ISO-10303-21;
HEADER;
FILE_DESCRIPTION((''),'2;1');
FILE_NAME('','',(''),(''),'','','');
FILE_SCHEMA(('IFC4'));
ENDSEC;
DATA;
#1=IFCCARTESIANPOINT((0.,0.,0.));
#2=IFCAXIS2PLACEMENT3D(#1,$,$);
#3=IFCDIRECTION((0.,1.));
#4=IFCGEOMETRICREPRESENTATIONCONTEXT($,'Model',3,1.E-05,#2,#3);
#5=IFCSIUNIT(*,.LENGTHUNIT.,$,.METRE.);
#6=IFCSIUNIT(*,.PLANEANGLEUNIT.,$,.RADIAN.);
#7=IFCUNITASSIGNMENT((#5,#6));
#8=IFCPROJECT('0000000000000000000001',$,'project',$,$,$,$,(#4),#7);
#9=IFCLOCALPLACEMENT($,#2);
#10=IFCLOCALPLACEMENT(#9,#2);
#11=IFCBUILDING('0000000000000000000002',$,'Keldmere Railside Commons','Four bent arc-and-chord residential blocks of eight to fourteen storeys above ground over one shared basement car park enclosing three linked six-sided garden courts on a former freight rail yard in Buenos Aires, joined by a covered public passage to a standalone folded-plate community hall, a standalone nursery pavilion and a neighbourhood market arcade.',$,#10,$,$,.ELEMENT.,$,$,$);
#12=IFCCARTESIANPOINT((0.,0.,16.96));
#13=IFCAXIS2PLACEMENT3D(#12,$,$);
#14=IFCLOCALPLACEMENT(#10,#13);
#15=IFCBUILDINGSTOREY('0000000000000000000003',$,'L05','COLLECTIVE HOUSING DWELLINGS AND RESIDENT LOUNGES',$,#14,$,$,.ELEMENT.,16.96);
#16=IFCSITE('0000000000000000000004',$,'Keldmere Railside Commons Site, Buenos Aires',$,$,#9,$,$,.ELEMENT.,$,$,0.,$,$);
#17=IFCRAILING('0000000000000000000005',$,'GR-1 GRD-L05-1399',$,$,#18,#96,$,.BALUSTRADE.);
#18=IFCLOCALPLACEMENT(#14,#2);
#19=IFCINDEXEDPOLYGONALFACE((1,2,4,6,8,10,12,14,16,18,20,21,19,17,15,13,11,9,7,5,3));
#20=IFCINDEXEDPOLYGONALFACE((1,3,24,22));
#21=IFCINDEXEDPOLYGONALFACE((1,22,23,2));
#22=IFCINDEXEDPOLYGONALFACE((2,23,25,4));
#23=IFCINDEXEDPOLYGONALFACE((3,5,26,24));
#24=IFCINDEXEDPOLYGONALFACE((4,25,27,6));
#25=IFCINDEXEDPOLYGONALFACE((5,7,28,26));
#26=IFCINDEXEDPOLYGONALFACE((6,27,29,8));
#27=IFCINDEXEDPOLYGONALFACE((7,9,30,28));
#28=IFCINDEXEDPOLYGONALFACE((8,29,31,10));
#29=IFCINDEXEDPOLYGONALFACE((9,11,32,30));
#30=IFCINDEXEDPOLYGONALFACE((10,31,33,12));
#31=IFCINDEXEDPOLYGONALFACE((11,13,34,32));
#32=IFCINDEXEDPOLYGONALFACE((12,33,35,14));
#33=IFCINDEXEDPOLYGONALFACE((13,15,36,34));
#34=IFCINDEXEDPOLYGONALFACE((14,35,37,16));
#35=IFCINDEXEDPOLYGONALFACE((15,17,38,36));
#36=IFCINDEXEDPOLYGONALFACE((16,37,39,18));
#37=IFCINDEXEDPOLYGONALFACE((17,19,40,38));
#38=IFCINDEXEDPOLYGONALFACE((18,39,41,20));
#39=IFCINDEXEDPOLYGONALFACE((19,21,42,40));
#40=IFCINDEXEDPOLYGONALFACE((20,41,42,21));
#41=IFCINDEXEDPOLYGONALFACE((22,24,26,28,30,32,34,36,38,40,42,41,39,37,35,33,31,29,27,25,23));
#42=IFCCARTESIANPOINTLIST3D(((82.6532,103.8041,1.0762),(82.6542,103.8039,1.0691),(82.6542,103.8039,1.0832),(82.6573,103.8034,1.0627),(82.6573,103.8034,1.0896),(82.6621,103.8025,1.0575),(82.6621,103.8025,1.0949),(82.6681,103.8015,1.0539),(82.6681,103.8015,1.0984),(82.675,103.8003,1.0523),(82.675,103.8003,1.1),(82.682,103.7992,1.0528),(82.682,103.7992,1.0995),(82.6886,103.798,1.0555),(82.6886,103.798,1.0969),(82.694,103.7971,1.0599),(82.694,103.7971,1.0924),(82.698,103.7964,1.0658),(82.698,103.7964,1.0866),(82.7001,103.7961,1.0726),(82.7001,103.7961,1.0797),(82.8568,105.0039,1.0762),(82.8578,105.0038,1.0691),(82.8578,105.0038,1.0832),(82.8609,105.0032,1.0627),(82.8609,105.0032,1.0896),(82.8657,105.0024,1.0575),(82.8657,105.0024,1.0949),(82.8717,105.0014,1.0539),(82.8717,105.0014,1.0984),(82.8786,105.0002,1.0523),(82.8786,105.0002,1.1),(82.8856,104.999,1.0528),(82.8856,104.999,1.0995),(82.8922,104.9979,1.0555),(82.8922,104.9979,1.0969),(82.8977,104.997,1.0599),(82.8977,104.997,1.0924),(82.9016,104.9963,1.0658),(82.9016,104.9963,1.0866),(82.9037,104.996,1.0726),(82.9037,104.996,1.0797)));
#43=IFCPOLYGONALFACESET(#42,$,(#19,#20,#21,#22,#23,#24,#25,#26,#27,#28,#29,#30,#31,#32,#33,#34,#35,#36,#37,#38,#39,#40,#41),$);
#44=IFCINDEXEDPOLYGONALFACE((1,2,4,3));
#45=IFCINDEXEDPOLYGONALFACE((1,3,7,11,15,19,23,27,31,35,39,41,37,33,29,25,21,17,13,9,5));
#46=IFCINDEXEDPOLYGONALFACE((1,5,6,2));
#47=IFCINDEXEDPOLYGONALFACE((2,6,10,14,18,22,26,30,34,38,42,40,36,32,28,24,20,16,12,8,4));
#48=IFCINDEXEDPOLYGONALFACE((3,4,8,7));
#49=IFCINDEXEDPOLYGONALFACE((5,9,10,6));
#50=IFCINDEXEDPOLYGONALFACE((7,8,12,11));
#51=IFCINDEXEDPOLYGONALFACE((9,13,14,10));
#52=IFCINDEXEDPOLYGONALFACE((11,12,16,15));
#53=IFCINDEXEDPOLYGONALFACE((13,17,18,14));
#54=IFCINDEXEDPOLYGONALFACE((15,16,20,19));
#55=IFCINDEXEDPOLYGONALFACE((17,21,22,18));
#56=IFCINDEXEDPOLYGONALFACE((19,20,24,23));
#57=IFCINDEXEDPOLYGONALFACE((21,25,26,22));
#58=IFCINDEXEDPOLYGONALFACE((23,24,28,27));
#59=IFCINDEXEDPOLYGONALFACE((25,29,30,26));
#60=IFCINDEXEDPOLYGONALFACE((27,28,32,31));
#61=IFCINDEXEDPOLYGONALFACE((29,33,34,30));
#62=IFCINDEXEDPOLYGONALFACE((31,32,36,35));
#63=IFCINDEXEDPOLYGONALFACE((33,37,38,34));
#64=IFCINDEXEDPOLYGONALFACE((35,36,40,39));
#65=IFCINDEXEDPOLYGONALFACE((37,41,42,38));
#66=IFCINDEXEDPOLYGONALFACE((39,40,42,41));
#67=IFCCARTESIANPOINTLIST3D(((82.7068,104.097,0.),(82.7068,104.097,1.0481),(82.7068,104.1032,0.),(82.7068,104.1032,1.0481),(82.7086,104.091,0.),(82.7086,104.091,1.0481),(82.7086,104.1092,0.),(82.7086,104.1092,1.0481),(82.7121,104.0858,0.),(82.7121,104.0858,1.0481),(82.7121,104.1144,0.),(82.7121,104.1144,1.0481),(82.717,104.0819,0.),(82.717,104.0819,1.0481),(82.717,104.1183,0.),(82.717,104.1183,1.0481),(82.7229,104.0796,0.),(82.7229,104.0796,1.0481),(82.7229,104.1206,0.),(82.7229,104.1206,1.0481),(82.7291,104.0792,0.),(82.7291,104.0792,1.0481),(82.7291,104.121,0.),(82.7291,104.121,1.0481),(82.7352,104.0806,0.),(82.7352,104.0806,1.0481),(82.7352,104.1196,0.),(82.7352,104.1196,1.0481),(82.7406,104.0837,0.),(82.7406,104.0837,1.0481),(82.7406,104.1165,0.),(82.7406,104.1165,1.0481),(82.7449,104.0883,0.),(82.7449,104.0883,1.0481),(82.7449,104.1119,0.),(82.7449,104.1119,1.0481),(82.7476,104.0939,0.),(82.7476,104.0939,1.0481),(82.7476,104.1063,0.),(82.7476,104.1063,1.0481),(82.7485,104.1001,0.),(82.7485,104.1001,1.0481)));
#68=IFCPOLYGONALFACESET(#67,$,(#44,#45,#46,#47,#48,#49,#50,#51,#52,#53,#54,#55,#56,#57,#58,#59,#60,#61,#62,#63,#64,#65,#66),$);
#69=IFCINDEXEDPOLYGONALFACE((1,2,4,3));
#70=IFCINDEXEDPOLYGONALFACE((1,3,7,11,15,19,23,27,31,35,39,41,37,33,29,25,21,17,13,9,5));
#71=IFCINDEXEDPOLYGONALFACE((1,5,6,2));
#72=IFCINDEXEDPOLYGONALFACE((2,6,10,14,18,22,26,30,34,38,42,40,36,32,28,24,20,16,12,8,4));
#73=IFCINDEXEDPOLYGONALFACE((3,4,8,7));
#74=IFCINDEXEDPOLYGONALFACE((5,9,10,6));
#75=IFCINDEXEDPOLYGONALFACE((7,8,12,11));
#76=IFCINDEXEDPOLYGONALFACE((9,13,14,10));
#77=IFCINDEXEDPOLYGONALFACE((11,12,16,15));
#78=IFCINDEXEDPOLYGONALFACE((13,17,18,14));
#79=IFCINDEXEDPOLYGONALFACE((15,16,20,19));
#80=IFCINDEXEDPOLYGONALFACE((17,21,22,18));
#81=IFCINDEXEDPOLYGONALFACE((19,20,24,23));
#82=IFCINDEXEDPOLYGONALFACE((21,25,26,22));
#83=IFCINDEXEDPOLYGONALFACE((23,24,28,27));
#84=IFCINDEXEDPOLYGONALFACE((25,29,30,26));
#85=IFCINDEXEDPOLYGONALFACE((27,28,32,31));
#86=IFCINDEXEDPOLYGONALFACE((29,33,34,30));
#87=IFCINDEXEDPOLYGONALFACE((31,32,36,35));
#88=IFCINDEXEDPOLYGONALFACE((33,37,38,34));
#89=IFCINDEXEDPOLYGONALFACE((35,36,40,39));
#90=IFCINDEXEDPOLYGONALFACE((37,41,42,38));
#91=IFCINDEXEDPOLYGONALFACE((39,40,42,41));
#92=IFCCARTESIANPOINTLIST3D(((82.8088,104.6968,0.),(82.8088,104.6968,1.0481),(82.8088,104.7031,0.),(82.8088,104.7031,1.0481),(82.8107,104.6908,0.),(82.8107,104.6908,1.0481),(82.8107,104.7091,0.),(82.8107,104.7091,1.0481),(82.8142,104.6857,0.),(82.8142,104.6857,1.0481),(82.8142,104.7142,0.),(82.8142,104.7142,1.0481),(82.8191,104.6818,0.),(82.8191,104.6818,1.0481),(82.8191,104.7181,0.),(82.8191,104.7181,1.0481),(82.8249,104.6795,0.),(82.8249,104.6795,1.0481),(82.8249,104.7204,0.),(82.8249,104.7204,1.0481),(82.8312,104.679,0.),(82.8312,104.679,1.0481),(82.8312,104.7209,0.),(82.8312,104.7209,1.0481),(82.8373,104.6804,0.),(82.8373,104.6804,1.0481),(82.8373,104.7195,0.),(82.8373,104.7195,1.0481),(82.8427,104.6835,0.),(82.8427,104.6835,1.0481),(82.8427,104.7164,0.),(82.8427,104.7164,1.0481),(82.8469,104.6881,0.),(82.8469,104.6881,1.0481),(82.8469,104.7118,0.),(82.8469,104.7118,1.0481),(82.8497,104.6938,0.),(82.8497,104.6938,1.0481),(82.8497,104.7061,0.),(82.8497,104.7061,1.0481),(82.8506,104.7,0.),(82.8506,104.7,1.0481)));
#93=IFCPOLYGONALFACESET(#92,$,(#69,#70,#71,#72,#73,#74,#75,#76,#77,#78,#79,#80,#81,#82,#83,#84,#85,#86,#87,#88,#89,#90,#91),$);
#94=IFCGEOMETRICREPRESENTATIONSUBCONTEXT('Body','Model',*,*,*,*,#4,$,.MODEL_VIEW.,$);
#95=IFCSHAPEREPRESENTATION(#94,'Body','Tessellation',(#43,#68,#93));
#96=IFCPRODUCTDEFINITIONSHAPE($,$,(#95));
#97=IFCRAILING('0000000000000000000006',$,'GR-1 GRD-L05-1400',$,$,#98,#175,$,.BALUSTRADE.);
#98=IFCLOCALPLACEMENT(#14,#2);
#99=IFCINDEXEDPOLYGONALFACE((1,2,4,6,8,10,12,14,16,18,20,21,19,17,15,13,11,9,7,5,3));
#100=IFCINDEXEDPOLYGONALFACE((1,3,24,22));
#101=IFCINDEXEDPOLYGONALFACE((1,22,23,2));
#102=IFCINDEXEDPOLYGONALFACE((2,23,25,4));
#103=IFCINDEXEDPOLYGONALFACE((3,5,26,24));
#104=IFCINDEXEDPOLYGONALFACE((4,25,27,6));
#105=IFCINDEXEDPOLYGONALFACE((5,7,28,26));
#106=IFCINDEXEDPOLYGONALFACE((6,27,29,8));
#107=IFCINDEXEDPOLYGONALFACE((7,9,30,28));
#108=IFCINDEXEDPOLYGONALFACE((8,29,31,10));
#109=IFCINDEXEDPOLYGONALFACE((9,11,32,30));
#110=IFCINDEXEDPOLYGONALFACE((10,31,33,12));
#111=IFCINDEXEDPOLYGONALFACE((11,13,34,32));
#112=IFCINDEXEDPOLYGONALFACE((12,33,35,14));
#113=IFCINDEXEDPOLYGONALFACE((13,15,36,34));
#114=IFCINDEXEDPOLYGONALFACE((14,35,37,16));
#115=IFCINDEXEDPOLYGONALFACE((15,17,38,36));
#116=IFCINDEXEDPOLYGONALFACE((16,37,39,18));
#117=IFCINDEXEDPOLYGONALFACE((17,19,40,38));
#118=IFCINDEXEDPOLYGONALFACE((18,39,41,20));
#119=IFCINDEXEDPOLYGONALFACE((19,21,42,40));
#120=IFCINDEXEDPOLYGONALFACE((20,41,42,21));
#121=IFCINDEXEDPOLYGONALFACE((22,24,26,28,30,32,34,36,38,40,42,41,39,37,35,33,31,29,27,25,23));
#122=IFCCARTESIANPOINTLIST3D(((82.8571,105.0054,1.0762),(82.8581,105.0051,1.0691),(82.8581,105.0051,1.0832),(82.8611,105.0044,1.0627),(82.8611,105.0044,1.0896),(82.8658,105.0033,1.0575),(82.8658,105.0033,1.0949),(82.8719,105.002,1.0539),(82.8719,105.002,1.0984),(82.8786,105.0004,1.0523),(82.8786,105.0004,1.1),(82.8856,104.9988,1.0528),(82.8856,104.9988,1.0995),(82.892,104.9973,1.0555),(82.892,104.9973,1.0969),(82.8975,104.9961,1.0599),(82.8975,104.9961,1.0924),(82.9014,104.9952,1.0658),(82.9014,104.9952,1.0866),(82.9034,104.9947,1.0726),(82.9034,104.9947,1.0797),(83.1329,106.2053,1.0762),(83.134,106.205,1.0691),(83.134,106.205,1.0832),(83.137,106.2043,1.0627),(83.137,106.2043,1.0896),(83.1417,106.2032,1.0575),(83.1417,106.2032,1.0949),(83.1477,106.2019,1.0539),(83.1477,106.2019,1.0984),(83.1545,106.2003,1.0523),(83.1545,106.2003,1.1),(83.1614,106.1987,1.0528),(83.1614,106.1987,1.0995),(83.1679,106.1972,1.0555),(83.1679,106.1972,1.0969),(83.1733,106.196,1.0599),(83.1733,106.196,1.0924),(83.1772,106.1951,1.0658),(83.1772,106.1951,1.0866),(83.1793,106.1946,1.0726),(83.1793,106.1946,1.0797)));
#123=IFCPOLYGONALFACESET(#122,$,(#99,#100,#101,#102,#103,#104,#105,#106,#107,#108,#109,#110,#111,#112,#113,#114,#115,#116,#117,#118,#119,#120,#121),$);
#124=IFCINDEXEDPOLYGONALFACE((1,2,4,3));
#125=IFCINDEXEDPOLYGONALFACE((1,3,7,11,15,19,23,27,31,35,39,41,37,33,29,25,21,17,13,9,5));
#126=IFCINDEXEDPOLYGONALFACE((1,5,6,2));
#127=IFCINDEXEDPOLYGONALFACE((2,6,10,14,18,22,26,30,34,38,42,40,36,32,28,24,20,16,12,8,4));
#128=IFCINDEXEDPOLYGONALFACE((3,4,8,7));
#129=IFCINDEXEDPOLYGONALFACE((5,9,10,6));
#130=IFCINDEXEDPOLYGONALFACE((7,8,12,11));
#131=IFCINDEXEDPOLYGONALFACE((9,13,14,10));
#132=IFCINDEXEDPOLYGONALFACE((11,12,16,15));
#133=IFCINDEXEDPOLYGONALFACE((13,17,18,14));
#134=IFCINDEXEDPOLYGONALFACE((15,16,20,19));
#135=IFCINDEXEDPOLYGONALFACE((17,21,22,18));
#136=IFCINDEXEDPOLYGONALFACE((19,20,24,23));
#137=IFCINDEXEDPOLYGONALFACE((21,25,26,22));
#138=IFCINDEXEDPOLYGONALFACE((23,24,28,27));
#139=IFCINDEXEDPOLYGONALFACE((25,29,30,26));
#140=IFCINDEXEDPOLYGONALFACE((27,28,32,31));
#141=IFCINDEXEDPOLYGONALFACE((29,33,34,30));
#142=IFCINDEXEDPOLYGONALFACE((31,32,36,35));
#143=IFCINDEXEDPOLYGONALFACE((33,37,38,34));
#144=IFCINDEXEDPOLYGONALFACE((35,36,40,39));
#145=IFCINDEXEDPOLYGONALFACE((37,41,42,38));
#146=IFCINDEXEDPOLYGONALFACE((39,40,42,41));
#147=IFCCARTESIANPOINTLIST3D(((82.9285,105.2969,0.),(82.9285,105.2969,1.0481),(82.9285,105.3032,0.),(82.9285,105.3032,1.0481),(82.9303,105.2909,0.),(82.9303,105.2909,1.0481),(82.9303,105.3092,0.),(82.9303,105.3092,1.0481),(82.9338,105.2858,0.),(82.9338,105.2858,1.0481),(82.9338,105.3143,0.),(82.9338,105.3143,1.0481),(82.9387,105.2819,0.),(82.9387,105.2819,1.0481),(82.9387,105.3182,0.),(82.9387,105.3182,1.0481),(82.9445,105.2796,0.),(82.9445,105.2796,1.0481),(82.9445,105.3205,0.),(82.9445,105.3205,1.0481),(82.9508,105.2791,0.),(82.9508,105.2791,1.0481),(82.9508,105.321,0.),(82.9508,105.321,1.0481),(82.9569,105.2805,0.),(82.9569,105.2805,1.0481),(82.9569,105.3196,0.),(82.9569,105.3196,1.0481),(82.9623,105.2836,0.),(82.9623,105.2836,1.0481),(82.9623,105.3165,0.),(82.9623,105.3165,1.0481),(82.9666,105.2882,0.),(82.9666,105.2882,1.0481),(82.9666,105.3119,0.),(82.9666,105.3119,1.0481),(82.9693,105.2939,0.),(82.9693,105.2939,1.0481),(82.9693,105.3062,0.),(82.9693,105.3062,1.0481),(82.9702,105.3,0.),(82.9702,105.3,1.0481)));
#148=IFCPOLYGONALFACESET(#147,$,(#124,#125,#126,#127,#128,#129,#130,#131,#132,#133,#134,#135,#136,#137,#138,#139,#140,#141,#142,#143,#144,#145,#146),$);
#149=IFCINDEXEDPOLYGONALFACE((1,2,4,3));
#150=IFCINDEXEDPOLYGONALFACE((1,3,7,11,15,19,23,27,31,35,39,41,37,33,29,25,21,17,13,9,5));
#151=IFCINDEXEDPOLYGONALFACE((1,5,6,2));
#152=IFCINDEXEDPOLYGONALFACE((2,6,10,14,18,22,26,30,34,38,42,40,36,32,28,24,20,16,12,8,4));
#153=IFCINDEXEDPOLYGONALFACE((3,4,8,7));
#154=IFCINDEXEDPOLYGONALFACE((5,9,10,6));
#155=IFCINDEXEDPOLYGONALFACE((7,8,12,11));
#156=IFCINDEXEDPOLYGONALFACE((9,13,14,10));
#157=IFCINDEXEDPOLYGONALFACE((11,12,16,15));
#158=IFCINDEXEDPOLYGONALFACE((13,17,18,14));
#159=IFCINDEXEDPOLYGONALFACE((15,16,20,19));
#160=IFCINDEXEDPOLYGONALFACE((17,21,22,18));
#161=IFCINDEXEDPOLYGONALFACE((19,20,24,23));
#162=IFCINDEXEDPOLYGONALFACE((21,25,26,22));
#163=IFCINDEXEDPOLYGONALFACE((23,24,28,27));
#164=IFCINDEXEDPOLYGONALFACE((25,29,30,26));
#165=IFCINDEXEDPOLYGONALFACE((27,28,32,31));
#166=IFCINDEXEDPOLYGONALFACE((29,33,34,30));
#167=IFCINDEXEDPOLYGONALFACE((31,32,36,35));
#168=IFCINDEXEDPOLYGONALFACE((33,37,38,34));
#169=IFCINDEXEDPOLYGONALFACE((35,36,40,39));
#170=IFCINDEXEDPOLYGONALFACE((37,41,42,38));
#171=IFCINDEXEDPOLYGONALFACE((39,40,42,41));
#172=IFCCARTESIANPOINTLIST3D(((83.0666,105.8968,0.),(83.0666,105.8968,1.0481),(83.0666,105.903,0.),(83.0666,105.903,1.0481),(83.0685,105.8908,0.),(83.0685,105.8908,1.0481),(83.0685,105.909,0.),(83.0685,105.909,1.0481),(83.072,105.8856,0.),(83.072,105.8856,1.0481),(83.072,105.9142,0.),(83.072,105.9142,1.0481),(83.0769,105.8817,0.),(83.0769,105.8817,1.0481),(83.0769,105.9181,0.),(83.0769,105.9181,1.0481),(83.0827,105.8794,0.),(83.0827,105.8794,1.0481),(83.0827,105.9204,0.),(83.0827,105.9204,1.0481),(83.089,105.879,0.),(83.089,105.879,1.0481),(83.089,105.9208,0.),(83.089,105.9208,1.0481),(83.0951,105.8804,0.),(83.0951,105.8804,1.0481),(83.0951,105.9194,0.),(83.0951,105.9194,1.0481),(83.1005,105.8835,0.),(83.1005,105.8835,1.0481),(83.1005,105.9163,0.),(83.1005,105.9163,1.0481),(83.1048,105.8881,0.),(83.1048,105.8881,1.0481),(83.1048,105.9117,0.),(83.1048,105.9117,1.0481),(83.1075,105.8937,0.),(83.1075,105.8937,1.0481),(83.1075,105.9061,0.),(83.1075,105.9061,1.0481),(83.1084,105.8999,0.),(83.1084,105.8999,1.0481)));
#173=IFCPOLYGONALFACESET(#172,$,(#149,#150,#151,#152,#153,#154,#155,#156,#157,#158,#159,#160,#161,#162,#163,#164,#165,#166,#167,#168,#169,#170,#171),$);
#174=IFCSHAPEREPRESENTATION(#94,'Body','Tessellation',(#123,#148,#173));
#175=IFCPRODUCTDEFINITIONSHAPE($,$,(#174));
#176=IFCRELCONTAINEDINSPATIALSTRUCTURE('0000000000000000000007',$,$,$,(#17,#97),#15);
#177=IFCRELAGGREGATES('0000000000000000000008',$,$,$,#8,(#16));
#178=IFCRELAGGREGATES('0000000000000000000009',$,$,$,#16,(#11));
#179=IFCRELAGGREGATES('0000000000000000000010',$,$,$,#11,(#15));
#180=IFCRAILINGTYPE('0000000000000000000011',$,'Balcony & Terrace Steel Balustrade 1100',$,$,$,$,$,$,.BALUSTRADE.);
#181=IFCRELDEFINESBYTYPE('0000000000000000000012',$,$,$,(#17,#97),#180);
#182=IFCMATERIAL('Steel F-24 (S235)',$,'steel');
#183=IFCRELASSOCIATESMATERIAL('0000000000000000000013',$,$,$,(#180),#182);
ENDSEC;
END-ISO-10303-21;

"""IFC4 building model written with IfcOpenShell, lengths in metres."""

from ifc_helpers import new_model, si_unit, direction, frame, origin, origin_2d, place, context, subcontext, project, spatial, circle, extrude, material, type_object, element, save


model = new_model("IFC4")

# Units and contexts
model_context = context("Model", 3, precision=1e-05, world=origin(), true_north=direction((0.0, 1.0)))
body_context = subcontext(model_context, "Body", "Model", "MODEL_VIEW")
ifc_project = project(units=[si_unit("LENGTHUNIT", "METRE"), si_unit("PLANEANGLEUNIT", "RADIAN")], contexts=[model_context])

# Site, building, storey
site_placement = place(None, origin())
site = spatial("IfcSite", under=ifc_project, at=site_placement, Name="Keldmere Railside Commons Site, Buenos Aires", CompositionType="ELEMENT", RefElevation=0.0)
building_placement = place(site_placement, origin())
building = spatial("IfcBuilding", under=site, at=building_placement, Name="Keldmere Railside Commons", Description="Four bent arc-and-chord residential blocks of eight to fourteen storeys above ground over one shared basement car park enclosing three linked six-sided garden courts on a former freight rail yard in Buenos Aires, joined by a covered public passage to a standalone folded-plate community hall, a standalone nursery pavilion and a neighbourhood market arcade.", CompositionType="ELEMENT")
storey_placement = place(building_placement, frame((0.0, 0.0, 16.96)))
storey = spatial("IfcBuildingStorey", under=building, at=storey_placement, Name="L05", Description="COLLECTIVE HOUSING DWELLINGS AND RESIDENT LOUNGES", CompositionType="ELEMENT", Elevation=16.96)

# Shared definitions
ifc_material_1 = material(Name="Steel F-24 (S235)", Category="steel")

# Railings
railing_type_1 = type_object("IfcRailingType", Name="Balcony & Terrace Steel Balustrade 1100", PredefinedType="BALUSTRADE", material=ifc_material_1)
railing_1_placement = place(storey_placement, frame((82.6768, 103.8, 0.0)))
element("IfcRailing", 1, at=railing_1_placement, inside=storey, type_object=railing_type_1, Name="GR-1 GRD-L05-1399", PredefinedType="BALUSTRADE", context=body_context, shape_type="SweptSolid", body=[
    extrude(circle(Radius=0.0239, at=origin_2d()), frame((0.0, 0.0, 1.0762), z_axis=(0.167293, 0.985907, 0.0), x_axis=(-0.985907, 0.167293, 0.0)), (0.0, 0.0, 1.0), 1.217),
    extrude(circle(Radius=0.021, at=origin_2d()), frame((0.0508, 0.3, 0.0)), (0.0, 0.0, 1.0), 1.0481),
    extrude(circle(Radius=0.021, at=origin_2d()), frame((0.1528, 0.8999, 0.0)), (0.0, 0.0, 1.0), 1.0481),
])
railing_2_placement = place(storey_placement, frame((82.8804, 105.0, 0.0)))
element("IfcRailing", 2, at=railing_2_placement, inside=storey, type_object=railing_type_1, Name="GR-1 GRD-L05-1400", PredefinedType="BALUSTRADE", context=body_context, shape_type="SweptSolid", body=[
    extrude(circle(Radius=0.0239, at=origin_2d()), frame((0.0, 0.0, 1.0762), z_axis=(0.224063, 0.974575, 0.0), x_axis=(-0.974575, 0.224063, 0.0)), (0.0, 0.0, 1.0), 1.2312),
    extrude(circle(Radius=0.021, at=origin_2d()), frame((0.0688, 0.3, 0.0)), (0.0, 0.0, 1.0), 1.0481),
    extrude(circle(Radius=0.021, at=origin_2d()), frame((0.207, 0.8999, 0.0)), (0.0, 0.0, 1.0), 1.0481),
])

save(model, "model.ifc")
